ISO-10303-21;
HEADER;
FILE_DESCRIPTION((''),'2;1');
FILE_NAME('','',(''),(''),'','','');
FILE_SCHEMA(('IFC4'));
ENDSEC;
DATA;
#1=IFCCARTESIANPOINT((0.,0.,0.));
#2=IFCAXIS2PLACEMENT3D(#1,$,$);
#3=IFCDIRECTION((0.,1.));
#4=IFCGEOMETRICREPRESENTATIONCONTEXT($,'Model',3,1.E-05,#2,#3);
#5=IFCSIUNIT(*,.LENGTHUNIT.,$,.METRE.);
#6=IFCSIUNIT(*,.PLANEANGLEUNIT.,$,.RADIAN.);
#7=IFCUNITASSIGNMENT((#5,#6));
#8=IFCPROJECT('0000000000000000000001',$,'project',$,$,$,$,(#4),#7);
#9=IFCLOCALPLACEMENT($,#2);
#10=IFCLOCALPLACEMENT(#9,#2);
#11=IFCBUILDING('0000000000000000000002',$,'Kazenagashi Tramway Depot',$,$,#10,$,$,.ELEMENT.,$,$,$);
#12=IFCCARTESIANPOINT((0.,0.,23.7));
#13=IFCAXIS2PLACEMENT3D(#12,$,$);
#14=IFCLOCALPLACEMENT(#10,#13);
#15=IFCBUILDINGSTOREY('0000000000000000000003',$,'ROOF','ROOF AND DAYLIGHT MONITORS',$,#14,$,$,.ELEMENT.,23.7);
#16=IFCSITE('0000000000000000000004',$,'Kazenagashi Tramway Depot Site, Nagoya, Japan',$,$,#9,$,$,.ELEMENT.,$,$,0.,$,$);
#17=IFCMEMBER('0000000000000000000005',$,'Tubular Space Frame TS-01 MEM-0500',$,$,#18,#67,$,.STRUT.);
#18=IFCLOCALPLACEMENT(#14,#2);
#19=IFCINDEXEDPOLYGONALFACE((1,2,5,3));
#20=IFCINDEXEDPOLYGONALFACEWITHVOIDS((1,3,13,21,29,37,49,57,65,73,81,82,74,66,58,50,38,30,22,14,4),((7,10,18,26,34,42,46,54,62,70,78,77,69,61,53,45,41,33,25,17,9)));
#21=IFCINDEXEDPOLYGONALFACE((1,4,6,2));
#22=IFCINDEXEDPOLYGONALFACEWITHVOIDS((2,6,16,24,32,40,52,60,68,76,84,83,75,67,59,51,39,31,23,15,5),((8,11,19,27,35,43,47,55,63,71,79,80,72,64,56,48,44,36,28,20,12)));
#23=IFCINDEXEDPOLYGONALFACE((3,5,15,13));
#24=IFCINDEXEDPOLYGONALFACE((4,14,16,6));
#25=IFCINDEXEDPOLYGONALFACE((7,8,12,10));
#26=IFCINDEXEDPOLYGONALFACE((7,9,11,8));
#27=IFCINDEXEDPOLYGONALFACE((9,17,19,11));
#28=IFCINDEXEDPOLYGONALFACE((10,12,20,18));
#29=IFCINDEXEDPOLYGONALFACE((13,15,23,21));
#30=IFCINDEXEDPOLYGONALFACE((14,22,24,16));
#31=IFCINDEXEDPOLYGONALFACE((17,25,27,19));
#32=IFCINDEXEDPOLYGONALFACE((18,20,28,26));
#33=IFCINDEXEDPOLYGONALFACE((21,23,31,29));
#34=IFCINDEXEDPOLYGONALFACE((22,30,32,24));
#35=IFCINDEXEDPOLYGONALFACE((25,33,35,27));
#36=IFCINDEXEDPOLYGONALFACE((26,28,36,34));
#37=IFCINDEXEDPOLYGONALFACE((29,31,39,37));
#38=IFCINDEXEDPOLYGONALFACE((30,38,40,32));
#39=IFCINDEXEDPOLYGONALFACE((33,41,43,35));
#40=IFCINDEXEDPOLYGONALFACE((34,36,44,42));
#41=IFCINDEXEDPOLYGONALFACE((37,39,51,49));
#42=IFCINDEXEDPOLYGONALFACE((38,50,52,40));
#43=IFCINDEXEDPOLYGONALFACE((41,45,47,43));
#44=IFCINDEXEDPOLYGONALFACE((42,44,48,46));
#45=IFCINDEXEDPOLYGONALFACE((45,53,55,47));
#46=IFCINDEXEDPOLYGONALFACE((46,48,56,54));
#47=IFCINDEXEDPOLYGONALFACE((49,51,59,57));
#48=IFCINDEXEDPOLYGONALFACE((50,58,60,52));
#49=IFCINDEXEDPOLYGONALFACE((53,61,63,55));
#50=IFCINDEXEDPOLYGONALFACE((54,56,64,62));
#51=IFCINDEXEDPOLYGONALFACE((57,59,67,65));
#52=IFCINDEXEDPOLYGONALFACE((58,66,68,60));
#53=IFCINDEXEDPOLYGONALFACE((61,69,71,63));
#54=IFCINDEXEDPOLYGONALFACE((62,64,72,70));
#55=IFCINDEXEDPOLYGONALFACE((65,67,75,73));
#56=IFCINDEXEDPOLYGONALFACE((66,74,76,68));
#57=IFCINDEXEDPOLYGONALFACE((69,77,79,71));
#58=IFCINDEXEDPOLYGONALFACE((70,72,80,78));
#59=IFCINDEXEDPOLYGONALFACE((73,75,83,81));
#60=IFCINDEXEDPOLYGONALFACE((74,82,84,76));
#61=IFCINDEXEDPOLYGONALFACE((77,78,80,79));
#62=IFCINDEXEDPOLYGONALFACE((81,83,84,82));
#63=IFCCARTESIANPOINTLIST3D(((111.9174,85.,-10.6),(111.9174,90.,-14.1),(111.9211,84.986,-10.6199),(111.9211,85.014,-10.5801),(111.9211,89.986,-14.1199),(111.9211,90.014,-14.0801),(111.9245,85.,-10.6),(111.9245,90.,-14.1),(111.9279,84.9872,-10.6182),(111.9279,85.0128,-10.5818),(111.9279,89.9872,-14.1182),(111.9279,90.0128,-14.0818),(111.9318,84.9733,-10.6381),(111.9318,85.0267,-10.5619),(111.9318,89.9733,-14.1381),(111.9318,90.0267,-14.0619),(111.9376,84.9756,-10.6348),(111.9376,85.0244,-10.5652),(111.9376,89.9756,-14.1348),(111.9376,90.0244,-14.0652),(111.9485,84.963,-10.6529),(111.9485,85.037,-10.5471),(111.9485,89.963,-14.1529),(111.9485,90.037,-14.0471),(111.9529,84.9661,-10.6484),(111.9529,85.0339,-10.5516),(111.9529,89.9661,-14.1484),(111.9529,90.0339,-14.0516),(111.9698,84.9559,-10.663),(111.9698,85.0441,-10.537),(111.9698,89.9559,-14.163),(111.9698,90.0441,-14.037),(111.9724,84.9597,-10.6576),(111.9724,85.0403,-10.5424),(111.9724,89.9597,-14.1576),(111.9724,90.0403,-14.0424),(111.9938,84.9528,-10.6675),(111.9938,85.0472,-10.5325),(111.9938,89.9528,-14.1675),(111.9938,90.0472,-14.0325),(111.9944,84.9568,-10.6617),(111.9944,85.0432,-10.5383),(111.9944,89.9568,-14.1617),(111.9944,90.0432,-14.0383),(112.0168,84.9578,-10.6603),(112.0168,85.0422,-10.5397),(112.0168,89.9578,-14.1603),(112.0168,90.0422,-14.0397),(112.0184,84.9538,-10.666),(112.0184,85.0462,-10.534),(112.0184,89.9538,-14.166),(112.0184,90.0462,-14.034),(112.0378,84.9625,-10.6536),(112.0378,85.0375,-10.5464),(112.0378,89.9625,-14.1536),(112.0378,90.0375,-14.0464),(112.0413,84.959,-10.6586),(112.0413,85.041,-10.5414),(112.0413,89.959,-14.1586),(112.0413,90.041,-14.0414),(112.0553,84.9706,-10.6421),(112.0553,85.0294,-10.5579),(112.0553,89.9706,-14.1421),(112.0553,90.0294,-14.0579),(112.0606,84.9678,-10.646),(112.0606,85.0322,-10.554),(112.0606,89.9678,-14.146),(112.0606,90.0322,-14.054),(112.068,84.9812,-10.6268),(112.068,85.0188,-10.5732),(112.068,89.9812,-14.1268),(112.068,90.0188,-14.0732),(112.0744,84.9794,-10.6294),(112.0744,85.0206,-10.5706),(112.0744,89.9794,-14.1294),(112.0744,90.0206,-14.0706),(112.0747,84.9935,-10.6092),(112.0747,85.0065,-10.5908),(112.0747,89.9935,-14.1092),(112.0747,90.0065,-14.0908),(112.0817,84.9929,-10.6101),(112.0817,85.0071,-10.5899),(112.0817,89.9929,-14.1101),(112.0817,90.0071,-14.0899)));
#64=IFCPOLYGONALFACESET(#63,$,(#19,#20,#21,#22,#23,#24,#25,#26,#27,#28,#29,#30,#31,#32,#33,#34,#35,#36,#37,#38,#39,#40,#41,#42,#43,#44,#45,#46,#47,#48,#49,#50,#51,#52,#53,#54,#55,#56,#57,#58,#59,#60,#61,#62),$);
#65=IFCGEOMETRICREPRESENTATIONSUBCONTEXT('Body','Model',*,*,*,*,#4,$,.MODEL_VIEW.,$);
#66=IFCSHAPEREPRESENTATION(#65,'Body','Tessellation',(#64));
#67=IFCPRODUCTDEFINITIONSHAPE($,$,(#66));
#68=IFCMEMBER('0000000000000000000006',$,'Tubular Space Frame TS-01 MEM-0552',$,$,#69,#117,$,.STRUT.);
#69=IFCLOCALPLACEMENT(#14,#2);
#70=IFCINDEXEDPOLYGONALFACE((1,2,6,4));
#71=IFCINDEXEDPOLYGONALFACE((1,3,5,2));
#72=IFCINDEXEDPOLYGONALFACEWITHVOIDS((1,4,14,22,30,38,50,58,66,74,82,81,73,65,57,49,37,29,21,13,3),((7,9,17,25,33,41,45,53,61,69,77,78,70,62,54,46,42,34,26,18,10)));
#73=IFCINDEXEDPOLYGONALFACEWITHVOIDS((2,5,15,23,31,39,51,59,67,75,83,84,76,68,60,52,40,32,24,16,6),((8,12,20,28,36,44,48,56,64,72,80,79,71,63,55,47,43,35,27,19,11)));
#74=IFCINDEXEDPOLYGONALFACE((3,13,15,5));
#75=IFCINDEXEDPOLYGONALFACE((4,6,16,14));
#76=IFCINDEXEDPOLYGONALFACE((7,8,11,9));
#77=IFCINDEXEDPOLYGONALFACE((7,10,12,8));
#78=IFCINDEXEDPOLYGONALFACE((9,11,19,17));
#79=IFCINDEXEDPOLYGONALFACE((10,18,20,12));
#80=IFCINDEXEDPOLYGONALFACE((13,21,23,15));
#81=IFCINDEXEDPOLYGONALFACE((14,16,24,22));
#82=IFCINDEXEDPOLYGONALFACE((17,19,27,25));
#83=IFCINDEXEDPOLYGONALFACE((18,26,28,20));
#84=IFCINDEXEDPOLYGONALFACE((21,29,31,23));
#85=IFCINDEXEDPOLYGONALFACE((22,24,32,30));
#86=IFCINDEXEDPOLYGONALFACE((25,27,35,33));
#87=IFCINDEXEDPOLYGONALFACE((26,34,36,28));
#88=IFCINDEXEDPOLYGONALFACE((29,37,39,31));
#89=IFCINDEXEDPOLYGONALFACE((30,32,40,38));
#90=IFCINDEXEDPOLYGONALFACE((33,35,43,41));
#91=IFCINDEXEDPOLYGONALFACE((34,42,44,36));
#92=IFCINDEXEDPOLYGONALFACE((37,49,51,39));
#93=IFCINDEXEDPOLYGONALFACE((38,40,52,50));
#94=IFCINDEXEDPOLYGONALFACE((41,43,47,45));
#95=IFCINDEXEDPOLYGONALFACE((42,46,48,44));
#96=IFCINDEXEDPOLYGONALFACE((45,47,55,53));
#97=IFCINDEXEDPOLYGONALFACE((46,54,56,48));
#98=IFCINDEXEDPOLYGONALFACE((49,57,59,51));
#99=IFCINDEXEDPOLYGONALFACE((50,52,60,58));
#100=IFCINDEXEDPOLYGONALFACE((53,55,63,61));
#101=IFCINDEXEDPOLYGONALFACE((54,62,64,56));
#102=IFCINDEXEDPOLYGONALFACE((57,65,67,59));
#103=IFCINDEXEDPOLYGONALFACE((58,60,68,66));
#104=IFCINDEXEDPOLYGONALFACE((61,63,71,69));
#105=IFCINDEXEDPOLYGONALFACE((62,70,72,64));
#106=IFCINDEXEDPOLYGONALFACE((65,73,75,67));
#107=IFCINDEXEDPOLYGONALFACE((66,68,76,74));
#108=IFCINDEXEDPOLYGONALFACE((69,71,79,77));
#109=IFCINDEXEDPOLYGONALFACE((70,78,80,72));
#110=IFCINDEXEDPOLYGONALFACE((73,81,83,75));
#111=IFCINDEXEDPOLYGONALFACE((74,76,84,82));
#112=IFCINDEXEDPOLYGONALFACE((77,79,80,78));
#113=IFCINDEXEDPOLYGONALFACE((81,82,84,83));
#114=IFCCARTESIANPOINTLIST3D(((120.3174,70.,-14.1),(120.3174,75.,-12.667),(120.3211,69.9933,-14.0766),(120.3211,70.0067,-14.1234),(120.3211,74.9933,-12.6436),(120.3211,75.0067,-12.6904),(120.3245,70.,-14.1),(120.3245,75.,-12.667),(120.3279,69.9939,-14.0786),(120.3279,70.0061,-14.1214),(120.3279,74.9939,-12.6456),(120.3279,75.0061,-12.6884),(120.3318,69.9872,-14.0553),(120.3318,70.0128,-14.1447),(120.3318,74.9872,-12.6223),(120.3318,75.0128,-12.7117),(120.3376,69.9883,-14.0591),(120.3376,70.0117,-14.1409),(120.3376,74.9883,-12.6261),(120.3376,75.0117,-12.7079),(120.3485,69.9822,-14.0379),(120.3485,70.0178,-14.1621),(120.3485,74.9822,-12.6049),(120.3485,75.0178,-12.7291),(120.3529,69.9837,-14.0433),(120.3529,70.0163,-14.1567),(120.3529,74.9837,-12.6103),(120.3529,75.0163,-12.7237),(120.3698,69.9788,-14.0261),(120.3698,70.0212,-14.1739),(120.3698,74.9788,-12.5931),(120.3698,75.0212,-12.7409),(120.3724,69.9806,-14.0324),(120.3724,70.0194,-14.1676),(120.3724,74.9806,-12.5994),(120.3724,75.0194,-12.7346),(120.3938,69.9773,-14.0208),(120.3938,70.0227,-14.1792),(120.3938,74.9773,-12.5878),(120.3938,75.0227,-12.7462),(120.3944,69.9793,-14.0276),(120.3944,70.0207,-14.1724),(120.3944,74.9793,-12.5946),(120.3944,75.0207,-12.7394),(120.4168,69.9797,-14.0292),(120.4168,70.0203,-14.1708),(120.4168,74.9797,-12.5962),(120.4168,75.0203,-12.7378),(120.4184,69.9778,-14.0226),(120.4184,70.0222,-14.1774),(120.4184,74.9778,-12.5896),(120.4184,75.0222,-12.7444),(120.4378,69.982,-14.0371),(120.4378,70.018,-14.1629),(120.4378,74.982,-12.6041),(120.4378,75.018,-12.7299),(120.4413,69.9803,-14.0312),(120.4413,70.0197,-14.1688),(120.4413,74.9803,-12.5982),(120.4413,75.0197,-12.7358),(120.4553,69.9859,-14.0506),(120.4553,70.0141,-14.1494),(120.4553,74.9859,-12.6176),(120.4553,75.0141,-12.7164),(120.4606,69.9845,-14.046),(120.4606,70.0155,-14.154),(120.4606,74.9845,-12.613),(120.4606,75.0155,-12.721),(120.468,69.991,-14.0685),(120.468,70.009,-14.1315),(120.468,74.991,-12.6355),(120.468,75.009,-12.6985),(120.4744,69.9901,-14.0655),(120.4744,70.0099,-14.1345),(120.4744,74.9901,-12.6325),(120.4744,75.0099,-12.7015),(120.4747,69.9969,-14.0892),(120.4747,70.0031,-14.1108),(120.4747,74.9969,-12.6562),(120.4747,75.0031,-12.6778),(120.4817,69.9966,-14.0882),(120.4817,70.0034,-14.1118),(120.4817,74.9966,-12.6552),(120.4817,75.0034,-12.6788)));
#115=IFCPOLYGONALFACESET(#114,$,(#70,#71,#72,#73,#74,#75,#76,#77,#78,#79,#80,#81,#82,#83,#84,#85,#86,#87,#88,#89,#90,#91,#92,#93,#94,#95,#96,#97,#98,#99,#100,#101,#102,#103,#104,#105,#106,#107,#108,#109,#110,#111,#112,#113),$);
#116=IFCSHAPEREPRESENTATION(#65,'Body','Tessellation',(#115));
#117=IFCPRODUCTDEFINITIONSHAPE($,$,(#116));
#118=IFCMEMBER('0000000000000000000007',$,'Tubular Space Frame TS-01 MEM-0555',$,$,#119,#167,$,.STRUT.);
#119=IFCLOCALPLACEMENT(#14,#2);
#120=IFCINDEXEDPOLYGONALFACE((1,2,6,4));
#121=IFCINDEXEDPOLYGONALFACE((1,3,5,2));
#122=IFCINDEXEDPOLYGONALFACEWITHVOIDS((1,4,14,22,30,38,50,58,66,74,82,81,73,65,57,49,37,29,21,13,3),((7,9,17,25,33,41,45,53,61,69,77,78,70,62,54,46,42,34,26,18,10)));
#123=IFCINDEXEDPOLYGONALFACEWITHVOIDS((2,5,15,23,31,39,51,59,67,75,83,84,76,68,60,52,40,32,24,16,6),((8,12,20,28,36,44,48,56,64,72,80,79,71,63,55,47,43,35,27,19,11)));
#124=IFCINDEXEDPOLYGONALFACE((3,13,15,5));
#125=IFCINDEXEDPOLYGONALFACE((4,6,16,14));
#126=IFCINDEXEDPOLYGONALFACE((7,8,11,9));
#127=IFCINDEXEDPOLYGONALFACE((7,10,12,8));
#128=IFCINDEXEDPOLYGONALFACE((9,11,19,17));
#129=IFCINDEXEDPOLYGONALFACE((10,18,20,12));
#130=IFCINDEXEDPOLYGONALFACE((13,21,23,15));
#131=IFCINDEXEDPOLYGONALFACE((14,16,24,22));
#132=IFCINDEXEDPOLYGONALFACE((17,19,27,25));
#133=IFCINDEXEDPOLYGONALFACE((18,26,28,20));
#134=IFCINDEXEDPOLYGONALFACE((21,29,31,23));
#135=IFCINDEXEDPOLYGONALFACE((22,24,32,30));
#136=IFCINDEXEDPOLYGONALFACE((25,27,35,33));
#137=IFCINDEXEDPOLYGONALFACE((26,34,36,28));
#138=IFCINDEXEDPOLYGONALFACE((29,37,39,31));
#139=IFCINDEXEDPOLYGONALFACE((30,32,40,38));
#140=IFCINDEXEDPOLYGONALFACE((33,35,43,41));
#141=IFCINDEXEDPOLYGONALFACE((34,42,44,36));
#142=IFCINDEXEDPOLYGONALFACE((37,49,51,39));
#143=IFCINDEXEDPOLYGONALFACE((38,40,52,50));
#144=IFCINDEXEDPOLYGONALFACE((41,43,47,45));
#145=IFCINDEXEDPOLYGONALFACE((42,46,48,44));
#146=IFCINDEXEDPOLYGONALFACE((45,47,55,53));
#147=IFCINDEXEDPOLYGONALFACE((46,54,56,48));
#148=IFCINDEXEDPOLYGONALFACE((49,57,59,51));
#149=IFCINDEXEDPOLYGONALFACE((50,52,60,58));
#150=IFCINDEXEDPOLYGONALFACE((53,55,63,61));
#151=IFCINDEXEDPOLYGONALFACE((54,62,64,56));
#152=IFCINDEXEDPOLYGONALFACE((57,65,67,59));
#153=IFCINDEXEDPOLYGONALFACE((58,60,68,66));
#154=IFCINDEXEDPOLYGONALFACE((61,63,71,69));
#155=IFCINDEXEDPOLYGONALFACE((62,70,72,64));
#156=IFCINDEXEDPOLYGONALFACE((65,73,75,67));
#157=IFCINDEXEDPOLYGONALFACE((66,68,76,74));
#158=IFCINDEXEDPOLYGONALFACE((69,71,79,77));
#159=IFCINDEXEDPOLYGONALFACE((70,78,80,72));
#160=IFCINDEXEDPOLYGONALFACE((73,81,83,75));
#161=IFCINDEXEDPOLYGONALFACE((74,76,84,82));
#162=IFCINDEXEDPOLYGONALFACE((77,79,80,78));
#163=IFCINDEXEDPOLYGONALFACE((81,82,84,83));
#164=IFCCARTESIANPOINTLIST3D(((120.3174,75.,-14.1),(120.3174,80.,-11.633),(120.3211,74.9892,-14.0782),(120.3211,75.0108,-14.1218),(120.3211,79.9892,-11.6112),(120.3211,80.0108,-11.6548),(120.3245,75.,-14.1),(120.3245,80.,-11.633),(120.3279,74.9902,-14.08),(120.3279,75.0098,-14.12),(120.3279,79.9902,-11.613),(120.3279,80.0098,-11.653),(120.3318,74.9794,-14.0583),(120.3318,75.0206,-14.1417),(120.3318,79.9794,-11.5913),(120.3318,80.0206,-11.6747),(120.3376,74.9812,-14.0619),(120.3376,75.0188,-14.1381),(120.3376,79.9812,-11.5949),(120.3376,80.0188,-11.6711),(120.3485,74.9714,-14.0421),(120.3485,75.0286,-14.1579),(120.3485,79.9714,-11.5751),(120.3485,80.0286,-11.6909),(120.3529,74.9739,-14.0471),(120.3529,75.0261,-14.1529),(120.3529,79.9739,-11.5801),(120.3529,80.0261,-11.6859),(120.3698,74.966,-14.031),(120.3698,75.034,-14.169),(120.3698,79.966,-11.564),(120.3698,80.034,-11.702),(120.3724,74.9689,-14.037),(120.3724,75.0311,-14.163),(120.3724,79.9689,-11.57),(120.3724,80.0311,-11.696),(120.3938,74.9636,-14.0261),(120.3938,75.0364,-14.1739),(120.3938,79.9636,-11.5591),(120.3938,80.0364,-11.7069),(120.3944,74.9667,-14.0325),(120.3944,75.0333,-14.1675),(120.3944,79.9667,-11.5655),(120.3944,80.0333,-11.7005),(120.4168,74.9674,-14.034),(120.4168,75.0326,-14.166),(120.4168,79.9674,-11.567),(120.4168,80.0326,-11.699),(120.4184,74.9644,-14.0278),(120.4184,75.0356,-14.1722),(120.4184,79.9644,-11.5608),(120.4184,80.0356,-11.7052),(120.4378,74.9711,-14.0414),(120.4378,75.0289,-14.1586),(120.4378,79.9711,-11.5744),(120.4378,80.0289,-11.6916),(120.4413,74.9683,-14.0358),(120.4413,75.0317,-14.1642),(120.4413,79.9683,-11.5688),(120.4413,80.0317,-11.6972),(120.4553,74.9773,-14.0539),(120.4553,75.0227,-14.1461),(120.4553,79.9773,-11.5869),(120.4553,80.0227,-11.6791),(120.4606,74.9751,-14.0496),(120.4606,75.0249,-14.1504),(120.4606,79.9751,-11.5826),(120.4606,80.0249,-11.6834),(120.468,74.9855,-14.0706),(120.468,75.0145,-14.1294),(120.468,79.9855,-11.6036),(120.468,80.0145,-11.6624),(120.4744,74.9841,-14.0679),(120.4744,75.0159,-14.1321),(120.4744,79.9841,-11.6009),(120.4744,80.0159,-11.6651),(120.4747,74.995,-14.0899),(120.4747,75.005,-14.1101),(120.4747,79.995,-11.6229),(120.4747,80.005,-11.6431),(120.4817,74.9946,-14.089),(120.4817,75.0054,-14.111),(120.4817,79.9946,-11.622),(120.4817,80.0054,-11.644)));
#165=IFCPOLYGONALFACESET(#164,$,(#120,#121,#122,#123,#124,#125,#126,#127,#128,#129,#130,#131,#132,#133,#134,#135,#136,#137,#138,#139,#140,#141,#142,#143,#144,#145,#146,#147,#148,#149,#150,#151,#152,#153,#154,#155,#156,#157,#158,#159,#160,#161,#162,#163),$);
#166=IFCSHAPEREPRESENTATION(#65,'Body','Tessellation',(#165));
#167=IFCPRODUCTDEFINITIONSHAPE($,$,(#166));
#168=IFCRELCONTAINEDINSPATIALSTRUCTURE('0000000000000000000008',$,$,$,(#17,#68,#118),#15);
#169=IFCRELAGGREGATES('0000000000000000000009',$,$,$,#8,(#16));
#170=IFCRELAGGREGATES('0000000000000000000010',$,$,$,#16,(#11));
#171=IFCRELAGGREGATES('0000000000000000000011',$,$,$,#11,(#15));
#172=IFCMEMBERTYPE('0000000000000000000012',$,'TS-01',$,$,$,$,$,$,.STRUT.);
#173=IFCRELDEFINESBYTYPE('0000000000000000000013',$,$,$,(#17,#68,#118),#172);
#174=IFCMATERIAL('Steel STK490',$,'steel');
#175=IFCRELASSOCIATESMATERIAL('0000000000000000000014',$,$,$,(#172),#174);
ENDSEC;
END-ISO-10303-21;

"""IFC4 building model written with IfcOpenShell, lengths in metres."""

from ifc_helpers import new_model, si_unit, direction, frame, origin, origin_2d, place, context, subcontext, project, spatial, hollow_circle, extrude, material, material_profile, profile_set, type_object, element, save


model = new_model("IFC4")

# Units and contexts
model_context = context("Model", 3, precision=1e-05, world=origin(), true_north=direction((0.0, 1.0)))
body_context = subcontext(model_context, "Body", "Model", "MODEL_VIEW")
ifc_project = project(units=[si_unit("LENGTHUNIT", "METRE"), si_unit("PLANEANGLEUNIT", "RADIAN")], contexts=[model_context])

# Site, building, storey
site_placement = place(None, origin())
site = spatial("IfcSite", under=ifc_project, at=site_placement, Name="Kazenagashi Tramway Depot Site, Nagoya, Japan", CompositionType="ELEMENT", RefElevation=0.0)
building_placement = place(site_placement, origin())
building = spatial("IfcBuilding", under=site, at=building_placement, Name="Kazenagashi Tramway Depot", CompositionType="ELEMENT")
storey_placement = place(building_placement, frame((0.0, 0.0, 23.7)))
storey = spatial("IfcBuildingStorey", under=building, at=storey_placement, Name="ROOF", Description="ROOF AND DAYLIGHT MONITORS", CompositionType="ELEMENT", Elevation=23.7)

# Members
ifc_material_1 = material(Name="Steel STK490", Category="steel")
ifc_material_profile_1 = material_profile(ifc_material_1, hollow_circle(Radius=0.0826, WallThickness=0.0071, at=origin_2d()), Name="CHS-165.2x7.1")
ifc_profile_set_1 = profile_set([ifc_material_profile_1], Name="Steel STK490")
member_type_1 = type_object("IfcMemberType", Name="TS-01", PredefinedType="STRUT", material=ifc_profile_set_1)
for number, where, z_axis, x_axis, name in (
    (1, (112.0, 85.0, -10.6), (0.0, 0.819232, -0.573462), (-1.0, 0.0, 0.0), "Tubular Space Frame TS-01 MEM-0500"),
):
    element("IfcMember", number, at=place(storey_placement, frame(where, z_axis=z_axis, x_axis=x_axis)), inside=storey, type_object=member_type_1, Name=name, PredefinedType="STRUT", context=body_context, shape_type="SweptSolid", body=[
        extrude(hollow_circle(Radius=0.0826, WallThickness=0.0071, at=origin_2d()), origin(), (0.0, 0.0, 1.0), 6.1033),
    ])
member_1_placement = place(storey_placement, frame((120.4, 70.0, -14.1), z_axis=(0.0, 0.961299, 0.275508), x_axis=(-1.0, 0.0, 0.0)))
element("IfcMember", 2, at=member_1_placement, inside=storey, type_object=member_type_1, Name="Tubular Space Frame TS-01 MEM-0552", PredefinedType="STRUT", context=body_context, shape_type="SweptSolid", body=[
    extrude(hollow_circle(Radius=0.0826, WallThickness=0.0071, at=origin_2d()), origin(), (0.0, 0.0, 1.0), 5.2013),
])
member_2_placement = place(storey_placement, frame((120.4, 75.0, -14.1), z_axis=(0.0, 0.896782, 0.442472), x_axis=(-1.0, 0.0, 0.0)))
element("IfcMember", 3, at=member_2_placement, inside=storey, type_object=member_type_1, Name="Tubular Space Frame TS-01 MEM-0555", PredefinedType="STRUT", context=body_context, shape_type="SweptSolid", body=[
    extrude(hollow_circle(Radius=0.0826, WallThickness=0.0071, at=origin_2d()), origin(), (0.0, 0.0, 1.0), 5.5755),
])

save(model, "model.ifc")
